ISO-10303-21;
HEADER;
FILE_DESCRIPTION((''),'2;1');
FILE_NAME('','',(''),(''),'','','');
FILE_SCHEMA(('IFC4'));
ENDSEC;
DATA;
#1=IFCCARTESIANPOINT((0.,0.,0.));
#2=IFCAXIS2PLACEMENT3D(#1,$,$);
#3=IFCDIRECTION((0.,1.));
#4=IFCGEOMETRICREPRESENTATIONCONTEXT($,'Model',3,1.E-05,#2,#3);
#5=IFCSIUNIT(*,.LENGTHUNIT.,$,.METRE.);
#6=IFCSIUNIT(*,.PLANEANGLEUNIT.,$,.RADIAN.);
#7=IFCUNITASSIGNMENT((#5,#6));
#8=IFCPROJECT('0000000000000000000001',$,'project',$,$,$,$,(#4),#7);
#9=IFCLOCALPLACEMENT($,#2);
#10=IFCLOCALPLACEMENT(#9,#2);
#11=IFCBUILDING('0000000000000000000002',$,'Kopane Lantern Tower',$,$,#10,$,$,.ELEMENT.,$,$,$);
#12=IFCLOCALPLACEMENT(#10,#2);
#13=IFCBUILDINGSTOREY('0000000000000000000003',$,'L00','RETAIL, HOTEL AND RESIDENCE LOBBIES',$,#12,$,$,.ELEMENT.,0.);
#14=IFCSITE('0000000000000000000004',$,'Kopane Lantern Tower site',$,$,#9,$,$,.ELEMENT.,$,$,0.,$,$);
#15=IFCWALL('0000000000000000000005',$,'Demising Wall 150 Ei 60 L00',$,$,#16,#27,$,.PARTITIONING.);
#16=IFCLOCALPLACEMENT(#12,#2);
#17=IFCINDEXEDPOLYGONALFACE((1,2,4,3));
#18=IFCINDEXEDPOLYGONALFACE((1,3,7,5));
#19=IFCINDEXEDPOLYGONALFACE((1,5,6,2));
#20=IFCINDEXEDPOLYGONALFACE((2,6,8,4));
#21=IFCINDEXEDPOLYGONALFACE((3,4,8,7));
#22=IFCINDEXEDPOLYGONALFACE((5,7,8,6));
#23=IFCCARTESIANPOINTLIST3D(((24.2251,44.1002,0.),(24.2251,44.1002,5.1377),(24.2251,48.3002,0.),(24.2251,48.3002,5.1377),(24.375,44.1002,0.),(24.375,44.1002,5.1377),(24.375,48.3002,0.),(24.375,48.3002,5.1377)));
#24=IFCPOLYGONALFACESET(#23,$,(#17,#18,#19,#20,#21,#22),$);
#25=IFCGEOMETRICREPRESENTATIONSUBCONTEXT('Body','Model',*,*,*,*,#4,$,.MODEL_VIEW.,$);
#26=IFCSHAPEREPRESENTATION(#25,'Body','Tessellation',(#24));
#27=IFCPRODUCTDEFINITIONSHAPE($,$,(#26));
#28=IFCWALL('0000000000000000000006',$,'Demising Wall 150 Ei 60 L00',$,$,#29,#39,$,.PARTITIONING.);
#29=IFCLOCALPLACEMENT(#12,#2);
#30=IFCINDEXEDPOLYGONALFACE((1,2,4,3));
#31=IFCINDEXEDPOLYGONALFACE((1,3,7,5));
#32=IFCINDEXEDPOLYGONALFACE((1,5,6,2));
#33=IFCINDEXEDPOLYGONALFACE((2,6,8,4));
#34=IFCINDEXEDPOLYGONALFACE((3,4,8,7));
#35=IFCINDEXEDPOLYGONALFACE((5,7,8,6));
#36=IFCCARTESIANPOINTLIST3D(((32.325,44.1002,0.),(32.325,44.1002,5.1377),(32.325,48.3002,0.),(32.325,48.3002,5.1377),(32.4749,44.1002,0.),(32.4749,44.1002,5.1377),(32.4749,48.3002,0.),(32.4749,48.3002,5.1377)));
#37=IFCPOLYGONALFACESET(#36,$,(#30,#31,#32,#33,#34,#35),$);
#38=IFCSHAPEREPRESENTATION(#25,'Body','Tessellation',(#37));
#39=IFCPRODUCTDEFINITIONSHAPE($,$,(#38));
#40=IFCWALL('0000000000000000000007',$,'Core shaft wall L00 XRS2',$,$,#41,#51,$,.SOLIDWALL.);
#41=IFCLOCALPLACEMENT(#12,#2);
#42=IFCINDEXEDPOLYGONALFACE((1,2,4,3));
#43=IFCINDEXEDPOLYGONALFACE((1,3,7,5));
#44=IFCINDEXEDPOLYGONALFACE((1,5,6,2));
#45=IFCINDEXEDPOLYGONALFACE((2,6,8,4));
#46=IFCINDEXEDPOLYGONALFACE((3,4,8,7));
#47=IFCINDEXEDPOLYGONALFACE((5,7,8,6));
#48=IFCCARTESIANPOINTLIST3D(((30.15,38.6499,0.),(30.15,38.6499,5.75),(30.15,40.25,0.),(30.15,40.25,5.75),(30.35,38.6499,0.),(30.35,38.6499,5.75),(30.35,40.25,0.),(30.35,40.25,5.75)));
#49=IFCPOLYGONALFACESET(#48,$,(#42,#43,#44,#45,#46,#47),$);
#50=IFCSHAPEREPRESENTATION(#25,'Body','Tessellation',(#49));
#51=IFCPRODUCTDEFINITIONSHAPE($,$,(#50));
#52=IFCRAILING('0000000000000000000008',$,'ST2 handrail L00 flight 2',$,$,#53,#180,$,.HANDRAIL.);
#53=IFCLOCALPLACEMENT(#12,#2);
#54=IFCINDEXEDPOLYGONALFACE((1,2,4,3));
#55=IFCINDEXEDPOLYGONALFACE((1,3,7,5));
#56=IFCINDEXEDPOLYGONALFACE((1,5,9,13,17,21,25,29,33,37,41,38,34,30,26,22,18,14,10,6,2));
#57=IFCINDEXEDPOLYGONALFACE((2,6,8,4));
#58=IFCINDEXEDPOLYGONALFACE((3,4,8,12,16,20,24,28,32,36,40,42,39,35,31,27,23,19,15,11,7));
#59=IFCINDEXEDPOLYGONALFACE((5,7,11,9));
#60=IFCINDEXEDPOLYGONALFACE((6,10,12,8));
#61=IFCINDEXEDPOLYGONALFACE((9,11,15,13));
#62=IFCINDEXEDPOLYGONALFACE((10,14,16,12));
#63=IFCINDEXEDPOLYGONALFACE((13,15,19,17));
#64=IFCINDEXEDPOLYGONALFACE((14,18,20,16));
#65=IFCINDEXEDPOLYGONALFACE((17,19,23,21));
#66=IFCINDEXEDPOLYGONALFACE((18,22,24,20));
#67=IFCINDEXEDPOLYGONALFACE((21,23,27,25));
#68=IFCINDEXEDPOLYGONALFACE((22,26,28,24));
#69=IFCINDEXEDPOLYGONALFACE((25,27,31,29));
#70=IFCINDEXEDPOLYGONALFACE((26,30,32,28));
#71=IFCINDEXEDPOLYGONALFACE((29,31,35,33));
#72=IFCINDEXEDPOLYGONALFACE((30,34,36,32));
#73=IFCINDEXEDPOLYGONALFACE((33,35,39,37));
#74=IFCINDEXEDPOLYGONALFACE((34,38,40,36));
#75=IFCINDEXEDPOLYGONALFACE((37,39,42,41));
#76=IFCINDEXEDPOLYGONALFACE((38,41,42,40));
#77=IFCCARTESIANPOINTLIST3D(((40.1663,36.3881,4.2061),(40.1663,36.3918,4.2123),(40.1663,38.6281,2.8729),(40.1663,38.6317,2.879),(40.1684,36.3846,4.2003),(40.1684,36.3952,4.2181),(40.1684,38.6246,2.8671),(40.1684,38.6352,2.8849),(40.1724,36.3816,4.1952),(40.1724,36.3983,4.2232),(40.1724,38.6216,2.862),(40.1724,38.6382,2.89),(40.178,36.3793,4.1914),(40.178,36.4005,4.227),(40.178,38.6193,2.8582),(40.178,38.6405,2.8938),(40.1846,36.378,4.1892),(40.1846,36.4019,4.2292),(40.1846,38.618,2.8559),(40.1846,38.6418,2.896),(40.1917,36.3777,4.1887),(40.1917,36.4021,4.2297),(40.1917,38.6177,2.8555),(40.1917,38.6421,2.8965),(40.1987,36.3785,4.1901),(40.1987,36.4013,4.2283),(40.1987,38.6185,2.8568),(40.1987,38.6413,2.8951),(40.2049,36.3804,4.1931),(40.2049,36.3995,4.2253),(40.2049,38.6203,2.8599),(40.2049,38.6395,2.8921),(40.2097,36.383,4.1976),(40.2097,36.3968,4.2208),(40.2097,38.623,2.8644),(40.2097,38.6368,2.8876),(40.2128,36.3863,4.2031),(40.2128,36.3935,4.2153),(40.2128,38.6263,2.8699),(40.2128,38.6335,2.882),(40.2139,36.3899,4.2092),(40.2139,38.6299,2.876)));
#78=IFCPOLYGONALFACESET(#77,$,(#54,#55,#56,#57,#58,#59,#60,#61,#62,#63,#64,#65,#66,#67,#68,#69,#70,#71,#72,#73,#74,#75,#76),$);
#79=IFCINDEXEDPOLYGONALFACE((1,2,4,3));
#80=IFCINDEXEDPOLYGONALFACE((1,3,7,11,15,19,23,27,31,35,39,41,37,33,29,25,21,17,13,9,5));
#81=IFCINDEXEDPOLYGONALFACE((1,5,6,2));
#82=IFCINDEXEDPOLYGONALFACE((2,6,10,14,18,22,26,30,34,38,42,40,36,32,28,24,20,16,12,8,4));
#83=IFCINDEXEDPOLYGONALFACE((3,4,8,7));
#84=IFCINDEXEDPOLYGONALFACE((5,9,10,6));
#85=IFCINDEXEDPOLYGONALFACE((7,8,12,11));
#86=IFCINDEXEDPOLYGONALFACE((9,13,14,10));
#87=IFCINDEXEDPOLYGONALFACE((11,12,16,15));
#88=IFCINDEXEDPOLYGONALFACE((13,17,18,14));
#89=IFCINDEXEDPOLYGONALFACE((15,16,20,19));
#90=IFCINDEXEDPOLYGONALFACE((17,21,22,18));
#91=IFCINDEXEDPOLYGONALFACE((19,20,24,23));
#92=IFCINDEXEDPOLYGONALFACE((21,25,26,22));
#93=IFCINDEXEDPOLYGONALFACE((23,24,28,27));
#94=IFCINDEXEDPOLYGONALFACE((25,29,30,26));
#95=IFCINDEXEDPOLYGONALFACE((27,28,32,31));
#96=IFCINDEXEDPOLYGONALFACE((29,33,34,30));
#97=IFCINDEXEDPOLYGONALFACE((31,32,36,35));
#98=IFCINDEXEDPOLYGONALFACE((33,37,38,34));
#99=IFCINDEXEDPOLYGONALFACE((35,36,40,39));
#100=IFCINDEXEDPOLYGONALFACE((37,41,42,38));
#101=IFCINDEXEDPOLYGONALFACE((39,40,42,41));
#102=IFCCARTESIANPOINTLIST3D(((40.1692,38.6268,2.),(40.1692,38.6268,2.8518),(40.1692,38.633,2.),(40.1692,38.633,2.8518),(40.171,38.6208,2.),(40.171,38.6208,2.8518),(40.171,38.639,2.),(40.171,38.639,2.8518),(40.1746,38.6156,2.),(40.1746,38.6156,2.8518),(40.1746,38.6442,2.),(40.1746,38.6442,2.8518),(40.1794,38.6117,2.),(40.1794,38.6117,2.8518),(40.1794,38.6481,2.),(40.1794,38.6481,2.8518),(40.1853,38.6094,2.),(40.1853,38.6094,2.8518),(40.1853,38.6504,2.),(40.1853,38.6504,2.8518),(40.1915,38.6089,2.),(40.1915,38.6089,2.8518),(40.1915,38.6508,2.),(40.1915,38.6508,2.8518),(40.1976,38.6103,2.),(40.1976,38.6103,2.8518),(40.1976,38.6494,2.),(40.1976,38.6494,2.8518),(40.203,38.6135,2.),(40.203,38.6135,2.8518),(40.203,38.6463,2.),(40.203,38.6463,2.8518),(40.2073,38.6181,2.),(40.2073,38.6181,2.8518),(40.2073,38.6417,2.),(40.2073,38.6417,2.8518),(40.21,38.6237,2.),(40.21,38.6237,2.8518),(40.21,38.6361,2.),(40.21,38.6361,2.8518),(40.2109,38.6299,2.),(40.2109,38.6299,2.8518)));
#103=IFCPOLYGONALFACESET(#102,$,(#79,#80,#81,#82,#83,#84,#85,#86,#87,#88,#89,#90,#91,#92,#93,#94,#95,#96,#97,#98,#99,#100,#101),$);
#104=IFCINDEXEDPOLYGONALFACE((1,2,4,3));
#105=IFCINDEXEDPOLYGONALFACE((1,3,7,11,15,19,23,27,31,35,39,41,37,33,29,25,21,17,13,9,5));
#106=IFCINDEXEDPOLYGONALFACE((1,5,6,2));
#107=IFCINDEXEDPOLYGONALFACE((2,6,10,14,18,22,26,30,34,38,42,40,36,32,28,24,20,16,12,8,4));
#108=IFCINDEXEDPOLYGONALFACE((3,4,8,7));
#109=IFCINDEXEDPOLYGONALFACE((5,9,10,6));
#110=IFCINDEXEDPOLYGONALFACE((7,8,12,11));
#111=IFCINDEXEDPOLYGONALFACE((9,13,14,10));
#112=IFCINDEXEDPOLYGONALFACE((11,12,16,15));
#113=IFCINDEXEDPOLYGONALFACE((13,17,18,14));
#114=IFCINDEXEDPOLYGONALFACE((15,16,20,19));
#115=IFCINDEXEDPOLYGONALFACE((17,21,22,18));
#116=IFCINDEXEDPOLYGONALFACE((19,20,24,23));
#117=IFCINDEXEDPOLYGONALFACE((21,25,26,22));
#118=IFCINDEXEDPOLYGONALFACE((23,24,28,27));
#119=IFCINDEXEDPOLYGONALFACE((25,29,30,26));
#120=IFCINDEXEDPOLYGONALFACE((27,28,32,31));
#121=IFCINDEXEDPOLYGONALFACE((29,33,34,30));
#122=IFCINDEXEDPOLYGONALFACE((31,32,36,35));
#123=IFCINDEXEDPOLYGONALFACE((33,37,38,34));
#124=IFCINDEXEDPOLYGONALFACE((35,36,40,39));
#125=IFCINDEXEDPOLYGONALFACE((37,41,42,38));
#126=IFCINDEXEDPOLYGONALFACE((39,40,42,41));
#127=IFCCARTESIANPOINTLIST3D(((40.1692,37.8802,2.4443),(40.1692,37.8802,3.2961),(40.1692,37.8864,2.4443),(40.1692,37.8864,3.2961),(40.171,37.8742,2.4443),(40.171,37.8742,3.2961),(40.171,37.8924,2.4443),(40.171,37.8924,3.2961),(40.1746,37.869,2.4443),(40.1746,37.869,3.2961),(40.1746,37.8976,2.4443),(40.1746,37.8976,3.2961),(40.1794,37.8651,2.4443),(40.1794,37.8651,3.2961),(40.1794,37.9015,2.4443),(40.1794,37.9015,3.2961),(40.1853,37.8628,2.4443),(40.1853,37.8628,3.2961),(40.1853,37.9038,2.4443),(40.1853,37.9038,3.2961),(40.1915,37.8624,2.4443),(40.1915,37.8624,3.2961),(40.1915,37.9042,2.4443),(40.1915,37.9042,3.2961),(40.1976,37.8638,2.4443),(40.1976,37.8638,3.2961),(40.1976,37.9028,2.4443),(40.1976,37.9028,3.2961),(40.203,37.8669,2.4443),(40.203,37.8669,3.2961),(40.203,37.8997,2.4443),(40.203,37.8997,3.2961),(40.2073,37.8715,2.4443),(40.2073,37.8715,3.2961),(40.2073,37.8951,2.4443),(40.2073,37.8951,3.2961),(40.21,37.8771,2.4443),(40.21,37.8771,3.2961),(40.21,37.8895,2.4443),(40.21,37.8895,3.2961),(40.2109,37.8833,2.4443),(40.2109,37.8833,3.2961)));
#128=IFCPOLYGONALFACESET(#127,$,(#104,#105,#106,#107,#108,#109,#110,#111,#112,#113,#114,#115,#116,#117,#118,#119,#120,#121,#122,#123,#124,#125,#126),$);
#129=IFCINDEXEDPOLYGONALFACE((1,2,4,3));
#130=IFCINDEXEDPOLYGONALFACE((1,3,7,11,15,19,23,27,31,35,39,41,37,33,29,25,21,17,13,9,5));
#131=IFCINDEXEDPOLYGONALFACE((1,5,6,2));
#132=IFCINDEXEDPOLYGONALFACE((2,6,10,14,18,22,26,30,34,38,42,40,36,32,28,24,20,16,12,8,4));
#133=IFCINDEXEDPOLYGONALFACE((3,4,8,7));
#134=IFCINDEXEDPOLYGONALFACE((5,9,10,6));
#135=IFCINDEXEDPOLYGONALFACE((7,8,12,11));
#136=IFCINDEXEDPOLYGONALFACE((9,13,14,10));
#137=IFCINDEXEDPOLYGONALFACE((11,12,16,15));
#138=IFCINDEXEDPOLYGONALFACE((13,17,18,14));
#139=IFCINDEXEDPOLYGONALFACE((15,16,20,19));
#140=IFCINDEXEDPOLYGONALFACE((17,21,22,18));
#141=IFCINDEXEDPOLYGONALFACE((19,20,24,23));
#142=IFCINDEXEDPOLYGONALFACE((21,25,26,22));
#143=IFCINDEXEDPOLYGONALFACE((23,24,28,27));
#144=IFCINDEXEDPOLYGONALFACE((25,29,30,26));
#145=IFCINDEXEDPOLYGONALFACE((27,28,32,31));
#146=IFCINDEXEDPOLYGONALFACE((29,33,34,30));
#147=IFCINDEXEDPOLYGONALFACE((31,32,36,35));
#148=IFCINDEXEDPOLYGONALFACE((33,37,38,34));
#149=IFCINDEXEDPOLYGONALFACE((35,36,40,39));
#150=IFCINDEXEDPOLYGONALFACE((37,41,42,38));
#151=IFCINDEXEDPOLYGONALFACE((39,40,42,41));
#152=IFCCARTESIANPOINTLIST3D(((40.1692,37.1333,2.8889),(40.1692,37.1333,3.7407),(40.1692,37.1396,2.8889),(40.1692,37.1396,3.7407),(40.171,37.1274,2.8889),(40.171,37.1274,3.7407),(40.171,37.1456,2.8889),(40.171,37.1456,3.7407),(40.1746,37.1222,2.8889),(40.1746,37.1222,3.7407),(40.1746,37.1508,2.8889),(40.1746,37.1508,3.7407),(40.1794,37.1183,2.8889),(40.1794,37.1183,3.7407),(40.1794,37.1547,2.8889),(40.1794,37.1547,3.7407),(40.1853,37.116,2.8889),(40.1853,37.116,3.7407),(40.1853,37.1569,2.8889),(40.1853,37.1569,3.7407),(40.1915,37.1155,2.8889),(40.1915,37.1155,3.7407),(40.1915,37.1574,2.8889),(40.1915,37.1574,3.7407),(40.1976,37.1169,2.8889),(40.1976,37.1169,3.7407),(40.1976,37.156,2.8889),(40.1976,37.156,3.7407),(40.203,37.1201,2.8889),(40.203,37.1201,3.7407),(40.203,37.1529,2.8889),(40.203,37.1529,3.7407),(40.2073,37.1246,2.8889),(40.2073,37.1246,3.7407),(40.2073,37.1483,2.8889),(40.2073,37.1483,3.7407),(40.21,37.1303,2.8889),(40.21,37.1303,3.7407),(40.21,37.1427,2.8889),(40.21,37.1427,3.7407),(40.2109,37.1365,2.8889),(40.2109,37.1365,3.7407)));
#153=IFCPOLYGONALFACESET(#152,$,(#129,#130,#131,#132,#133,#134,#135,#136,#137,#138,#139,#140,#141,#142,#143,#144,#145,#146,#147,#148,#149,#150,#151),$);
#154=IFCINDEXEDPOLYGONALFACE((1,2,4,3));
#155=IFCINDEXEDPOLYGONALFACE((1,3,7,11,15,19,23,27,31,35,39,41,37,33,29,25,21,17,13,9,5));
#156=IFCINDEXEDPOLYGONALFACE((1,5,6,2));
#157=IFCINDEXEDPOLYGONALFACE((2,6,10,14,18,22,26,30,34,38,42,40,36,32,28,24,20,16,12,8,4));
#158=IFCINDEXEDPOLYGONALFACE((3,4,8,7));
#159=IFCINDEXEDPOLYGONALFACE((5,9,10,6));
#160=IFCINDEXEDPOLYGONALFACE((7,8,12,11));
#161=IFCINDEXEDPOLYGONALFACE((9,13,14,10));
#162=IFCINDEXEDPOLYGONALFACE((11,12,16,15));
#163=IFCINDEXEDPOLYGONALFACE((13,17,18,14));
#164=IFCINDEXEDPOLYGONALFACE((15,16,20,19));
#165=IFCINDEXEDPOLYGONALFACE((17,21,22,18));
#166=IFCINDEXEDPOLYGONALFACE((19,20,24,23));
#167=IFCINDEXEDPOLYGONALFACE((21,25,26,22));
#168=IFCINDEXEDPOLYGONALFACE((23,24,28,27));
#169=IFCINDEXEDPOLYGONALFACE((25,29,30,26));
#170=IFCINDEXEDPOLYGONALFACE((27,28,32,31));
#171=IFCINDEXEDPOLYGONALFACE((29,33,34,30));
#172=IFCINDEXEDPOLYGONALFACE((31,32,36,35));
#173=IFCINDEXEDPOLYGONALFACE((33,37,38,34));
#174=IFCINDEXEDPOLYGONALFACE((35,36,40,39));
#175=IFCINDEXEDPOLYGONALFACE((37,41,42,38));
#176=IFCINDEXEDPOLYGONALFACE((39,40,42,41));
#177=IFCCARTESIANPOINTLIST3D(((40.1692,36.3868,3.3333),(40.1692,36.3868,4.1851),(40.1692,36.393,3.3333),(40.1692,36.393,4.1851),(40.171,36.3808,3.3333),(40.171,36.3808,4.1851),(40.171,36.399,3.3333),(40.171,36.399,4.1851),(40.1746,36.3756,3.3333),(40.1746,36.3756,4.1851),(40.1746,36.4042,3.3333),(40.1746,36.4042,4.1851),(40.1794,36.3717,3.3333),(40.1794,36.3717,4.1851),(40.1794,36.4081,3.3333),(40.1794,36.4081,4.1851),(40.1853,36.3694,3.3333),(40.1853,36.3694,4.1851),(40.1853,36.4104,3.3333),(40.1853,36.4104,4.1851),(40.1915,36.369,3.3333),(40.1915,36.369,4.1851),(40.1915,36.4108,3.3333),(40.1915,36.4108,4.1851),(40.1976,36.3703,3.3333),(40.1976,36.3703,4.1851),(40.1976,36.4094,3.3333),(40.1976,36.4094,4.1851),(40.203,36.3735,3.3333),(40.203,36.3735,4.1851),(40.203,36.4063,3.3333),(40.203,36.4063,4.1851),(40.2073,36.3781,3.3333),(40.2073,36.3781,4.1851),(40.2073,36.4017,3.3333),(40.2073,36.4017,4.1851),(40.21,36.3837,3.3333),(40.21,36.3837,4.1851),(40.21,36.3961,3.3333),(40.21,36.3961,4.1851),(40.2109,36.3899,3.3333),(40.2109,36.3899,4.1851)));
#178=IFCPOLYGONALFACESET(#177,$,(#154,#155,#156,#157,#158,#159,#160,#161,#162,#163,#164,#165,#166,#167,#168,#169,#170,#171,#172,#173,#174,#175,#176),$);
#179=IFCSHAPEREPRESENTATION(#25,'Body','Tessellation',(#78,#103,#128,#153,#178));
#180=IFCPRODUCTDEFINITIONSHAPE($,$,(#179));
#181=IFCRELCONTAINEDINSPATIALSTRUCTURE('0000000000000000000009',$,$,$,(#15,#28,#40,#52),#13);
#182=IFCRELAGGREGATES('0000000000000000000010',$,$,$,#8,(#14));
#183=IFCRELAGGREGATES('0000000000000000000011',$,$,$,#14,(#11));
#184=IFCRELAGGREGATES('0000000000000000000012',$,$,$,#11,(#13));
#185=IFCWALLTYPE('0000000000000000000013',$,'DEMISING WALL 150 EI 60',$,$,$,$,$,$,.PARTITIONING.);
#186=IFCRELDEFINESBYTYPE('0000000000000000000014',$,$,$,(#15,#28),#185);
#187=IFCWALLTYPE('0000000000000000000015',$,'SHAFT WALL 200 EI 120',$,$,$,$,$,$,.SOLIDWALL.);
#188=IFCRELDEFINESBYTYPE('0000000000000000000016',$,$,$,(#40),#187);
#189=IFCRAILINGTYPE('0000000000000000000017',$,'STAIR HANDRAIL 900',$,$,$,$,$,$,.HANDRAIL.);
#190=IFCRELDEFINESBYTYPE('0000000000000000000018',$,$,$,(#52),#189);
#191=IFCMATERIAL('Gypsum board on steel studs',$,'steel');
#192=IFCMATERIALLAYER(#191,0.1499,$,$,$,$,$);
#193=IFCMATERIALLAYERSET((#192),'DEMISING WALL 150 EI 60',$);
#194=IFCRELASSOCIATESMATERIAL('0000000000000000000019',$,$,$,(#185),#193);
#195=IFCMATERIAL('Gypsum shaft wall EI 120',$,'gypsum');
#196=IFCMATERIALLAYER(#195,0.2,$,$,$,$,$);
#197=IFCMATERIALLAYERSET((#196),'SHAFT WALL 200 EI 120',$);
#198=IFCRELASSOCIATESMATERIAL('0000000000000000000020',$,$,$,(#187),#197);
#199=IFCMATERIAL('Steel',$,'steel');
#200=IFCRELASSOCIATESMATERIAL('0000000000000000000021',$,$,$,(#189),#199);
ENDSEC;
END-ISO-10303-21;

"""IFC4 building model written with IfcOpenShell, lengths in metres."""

from ifc_helpers import new_model, si_unit, direction, frame, frame_2d, origin, origin_2d, place, context, subcontext, project, spatial, rectangle, circle, extrude, material, layer, layer_set, type_object, element, save


model = new_model("IFC4")

# Units and contexts
model_context = context("Model", 3, precision=1e-05, world=origin(), true_north=direction((0.0, 1.0)))
body_context = subcontext(model_context, "Body", "Model", "MODEL_VIEW")
ifc_project = project(units=[si_unit("LENGTHUNIT", "METRE"), si_unit("PLANEANGLEUNIT", "RADIAN")], contexts=[model_context])

# Site, building, storey
site_placement = place(None, origin())
site = spatial("IfcSite", under=ifc_project, at=site_placement, Name="Kopane Lantern Tower site", CompositionType="ELEMENT", RefElevation=0.0)
building_placement = place(site_placement, origin())
building = spatial("IfcBuilding", under=site, at=building_placement, Name="Kopane Lantern Tower", CompositionType="ELEMENT")
storey_placement = place(building_placement, origin())
storey = spatial("IfcBuildingStorey", under=building, at=storey_placement, Name="L00", Description="RETAIL, HOTEL AND RESIDENCE LOBBIES", CompositionType="ELEMENT", Elevation=0.0)

# Walls
ifc_material_1 = material(Name="Gypsum board on steel studs", Category="steel")
ifc_layer_1 = layer(ifc_material_1, 0.1499)
ifc_layer_set_1 = layer_set([ifc_layer_1], Name="DEMISING WALL 150 EI 60")
wall_type_1 = type_object("IfcWallType", Name="DEMISING WALL 150 EI 60", PredefinedType="PARTITIONING", material=ifc_layer_set_1)
for number, where, z_axis, x_axis, name in (
    (1, (24.3, 44.1001, 0.0), (0.0, 0.0, 1.0), (0.0, 1.0, 0.0), "Demising Wall 150 Ei 60 L00"),
    (2, (32.3999, 44.1001, 0.0), (0.0, 0.0, 1.0), (0.0, 1.0, 0.0), "Demising Wall 150 Ei 60 L00"),
):
    element("IfcWall", number, at=place(storey_placement, frame(where, z_axis=z_axis, x_axis=x_axis)), inside=storey, type_object=wall_type_1, Name=name, PredefinedType="PARTITIONING", context=body_context, shape_type="SweptSolid", body=[
        extrude(rectangle(XDim=4.2, YDim=0.1499, at=frame_2d((2.1001, 0.0))), origin(), (0.0, 0.0, 1.0), 5.1377),
    ])
ifc_material_2 = material(Name="Gypsum shaft wall EI 120", Category="gypsum")
ifc_layer_2 = layer(ifc_material_2, 0.2)
ifc_layer_set_2 = layer_set([ifc_layer_2], Name="SHAFT WALL 200 EI 120")
wall_type_2 = type_object("IfcWallType", Name="SHAFT WALL 200 EI 120", PredefinedType="SOLIDWALL", material=ifc_layer_set_2)
wall_placement = place(storey_placement, frame((30.25, 38.6499, 0.0), z_axis=(0.0, 0.0, 1.0), x_axis=(0.0, 1.0, 0.0)))
element("IfcWall", 3, at=wall_placement, inside=storey, type_object=wall_type_2, Name="Core shaft wall L00 XRS2", PredefinedType="SOLIDWALL", context=body_context, shape_type="SweptSolid", body=[
    extrude(rectangle(XDim=1.6001, YDim=0.2, at=frame_2d((0.8, 0.0))), origin(), (0.0, 0.0, 1.0), 5.75),
])

# Railing
ifc_material_3 = material(Name="Steel", Category="steel")
railing_type = type_object("IfcRailingType", Name="STAIR HANDRAIL 900", PredefinedType="HANDRAIL", material=ifc_material_3)
for number, where, name in (
    (4, (40.1899, 38.6299, 2.0), "ST2 handrail L00 flight 2"),
):
    element("IfcRailing", number, at=place(storey_placement, frame(where)), inside=storey, type_object=railing_type, Name=name, PredefinedType="HANDRAIL", context=body_context, shape_type="SweptSolid", body=[
        extrude(circle(Radius=0.0239, at=origin_2d()), frame((0.0, 0.0, 0.876), z_axis=(0.0, -0.859306, 0.511462), x_axis=(1.0, 0.0, 0.0)), (0.0, 0.0, 1.0), 2.6067),
        extrude(circle(Radius=0.021, at=origin_2d()), origin(), (0.0, 0.0, 1.0), 0.8518),
        extrude(circle(Radius=0.021, at=origin_2d()), frame((0.0, -0.7466, 0.4443)), (0.0, 0.0, 1.0), 0.8518),
        extrude(circle(Radius=0.021, at=origin_2d()), frame((0.0, -1.4934, 0.8889)), (0.0, 0.0, 1.0), 0.8518),
        extrude(circle(Radius=0.021, at=origin_2d()), frame((0.0, -2.24, 1.3333)), (0.0, 0.0, 1.0), 0.8518),
    ])

save(model, "model.ifc")
